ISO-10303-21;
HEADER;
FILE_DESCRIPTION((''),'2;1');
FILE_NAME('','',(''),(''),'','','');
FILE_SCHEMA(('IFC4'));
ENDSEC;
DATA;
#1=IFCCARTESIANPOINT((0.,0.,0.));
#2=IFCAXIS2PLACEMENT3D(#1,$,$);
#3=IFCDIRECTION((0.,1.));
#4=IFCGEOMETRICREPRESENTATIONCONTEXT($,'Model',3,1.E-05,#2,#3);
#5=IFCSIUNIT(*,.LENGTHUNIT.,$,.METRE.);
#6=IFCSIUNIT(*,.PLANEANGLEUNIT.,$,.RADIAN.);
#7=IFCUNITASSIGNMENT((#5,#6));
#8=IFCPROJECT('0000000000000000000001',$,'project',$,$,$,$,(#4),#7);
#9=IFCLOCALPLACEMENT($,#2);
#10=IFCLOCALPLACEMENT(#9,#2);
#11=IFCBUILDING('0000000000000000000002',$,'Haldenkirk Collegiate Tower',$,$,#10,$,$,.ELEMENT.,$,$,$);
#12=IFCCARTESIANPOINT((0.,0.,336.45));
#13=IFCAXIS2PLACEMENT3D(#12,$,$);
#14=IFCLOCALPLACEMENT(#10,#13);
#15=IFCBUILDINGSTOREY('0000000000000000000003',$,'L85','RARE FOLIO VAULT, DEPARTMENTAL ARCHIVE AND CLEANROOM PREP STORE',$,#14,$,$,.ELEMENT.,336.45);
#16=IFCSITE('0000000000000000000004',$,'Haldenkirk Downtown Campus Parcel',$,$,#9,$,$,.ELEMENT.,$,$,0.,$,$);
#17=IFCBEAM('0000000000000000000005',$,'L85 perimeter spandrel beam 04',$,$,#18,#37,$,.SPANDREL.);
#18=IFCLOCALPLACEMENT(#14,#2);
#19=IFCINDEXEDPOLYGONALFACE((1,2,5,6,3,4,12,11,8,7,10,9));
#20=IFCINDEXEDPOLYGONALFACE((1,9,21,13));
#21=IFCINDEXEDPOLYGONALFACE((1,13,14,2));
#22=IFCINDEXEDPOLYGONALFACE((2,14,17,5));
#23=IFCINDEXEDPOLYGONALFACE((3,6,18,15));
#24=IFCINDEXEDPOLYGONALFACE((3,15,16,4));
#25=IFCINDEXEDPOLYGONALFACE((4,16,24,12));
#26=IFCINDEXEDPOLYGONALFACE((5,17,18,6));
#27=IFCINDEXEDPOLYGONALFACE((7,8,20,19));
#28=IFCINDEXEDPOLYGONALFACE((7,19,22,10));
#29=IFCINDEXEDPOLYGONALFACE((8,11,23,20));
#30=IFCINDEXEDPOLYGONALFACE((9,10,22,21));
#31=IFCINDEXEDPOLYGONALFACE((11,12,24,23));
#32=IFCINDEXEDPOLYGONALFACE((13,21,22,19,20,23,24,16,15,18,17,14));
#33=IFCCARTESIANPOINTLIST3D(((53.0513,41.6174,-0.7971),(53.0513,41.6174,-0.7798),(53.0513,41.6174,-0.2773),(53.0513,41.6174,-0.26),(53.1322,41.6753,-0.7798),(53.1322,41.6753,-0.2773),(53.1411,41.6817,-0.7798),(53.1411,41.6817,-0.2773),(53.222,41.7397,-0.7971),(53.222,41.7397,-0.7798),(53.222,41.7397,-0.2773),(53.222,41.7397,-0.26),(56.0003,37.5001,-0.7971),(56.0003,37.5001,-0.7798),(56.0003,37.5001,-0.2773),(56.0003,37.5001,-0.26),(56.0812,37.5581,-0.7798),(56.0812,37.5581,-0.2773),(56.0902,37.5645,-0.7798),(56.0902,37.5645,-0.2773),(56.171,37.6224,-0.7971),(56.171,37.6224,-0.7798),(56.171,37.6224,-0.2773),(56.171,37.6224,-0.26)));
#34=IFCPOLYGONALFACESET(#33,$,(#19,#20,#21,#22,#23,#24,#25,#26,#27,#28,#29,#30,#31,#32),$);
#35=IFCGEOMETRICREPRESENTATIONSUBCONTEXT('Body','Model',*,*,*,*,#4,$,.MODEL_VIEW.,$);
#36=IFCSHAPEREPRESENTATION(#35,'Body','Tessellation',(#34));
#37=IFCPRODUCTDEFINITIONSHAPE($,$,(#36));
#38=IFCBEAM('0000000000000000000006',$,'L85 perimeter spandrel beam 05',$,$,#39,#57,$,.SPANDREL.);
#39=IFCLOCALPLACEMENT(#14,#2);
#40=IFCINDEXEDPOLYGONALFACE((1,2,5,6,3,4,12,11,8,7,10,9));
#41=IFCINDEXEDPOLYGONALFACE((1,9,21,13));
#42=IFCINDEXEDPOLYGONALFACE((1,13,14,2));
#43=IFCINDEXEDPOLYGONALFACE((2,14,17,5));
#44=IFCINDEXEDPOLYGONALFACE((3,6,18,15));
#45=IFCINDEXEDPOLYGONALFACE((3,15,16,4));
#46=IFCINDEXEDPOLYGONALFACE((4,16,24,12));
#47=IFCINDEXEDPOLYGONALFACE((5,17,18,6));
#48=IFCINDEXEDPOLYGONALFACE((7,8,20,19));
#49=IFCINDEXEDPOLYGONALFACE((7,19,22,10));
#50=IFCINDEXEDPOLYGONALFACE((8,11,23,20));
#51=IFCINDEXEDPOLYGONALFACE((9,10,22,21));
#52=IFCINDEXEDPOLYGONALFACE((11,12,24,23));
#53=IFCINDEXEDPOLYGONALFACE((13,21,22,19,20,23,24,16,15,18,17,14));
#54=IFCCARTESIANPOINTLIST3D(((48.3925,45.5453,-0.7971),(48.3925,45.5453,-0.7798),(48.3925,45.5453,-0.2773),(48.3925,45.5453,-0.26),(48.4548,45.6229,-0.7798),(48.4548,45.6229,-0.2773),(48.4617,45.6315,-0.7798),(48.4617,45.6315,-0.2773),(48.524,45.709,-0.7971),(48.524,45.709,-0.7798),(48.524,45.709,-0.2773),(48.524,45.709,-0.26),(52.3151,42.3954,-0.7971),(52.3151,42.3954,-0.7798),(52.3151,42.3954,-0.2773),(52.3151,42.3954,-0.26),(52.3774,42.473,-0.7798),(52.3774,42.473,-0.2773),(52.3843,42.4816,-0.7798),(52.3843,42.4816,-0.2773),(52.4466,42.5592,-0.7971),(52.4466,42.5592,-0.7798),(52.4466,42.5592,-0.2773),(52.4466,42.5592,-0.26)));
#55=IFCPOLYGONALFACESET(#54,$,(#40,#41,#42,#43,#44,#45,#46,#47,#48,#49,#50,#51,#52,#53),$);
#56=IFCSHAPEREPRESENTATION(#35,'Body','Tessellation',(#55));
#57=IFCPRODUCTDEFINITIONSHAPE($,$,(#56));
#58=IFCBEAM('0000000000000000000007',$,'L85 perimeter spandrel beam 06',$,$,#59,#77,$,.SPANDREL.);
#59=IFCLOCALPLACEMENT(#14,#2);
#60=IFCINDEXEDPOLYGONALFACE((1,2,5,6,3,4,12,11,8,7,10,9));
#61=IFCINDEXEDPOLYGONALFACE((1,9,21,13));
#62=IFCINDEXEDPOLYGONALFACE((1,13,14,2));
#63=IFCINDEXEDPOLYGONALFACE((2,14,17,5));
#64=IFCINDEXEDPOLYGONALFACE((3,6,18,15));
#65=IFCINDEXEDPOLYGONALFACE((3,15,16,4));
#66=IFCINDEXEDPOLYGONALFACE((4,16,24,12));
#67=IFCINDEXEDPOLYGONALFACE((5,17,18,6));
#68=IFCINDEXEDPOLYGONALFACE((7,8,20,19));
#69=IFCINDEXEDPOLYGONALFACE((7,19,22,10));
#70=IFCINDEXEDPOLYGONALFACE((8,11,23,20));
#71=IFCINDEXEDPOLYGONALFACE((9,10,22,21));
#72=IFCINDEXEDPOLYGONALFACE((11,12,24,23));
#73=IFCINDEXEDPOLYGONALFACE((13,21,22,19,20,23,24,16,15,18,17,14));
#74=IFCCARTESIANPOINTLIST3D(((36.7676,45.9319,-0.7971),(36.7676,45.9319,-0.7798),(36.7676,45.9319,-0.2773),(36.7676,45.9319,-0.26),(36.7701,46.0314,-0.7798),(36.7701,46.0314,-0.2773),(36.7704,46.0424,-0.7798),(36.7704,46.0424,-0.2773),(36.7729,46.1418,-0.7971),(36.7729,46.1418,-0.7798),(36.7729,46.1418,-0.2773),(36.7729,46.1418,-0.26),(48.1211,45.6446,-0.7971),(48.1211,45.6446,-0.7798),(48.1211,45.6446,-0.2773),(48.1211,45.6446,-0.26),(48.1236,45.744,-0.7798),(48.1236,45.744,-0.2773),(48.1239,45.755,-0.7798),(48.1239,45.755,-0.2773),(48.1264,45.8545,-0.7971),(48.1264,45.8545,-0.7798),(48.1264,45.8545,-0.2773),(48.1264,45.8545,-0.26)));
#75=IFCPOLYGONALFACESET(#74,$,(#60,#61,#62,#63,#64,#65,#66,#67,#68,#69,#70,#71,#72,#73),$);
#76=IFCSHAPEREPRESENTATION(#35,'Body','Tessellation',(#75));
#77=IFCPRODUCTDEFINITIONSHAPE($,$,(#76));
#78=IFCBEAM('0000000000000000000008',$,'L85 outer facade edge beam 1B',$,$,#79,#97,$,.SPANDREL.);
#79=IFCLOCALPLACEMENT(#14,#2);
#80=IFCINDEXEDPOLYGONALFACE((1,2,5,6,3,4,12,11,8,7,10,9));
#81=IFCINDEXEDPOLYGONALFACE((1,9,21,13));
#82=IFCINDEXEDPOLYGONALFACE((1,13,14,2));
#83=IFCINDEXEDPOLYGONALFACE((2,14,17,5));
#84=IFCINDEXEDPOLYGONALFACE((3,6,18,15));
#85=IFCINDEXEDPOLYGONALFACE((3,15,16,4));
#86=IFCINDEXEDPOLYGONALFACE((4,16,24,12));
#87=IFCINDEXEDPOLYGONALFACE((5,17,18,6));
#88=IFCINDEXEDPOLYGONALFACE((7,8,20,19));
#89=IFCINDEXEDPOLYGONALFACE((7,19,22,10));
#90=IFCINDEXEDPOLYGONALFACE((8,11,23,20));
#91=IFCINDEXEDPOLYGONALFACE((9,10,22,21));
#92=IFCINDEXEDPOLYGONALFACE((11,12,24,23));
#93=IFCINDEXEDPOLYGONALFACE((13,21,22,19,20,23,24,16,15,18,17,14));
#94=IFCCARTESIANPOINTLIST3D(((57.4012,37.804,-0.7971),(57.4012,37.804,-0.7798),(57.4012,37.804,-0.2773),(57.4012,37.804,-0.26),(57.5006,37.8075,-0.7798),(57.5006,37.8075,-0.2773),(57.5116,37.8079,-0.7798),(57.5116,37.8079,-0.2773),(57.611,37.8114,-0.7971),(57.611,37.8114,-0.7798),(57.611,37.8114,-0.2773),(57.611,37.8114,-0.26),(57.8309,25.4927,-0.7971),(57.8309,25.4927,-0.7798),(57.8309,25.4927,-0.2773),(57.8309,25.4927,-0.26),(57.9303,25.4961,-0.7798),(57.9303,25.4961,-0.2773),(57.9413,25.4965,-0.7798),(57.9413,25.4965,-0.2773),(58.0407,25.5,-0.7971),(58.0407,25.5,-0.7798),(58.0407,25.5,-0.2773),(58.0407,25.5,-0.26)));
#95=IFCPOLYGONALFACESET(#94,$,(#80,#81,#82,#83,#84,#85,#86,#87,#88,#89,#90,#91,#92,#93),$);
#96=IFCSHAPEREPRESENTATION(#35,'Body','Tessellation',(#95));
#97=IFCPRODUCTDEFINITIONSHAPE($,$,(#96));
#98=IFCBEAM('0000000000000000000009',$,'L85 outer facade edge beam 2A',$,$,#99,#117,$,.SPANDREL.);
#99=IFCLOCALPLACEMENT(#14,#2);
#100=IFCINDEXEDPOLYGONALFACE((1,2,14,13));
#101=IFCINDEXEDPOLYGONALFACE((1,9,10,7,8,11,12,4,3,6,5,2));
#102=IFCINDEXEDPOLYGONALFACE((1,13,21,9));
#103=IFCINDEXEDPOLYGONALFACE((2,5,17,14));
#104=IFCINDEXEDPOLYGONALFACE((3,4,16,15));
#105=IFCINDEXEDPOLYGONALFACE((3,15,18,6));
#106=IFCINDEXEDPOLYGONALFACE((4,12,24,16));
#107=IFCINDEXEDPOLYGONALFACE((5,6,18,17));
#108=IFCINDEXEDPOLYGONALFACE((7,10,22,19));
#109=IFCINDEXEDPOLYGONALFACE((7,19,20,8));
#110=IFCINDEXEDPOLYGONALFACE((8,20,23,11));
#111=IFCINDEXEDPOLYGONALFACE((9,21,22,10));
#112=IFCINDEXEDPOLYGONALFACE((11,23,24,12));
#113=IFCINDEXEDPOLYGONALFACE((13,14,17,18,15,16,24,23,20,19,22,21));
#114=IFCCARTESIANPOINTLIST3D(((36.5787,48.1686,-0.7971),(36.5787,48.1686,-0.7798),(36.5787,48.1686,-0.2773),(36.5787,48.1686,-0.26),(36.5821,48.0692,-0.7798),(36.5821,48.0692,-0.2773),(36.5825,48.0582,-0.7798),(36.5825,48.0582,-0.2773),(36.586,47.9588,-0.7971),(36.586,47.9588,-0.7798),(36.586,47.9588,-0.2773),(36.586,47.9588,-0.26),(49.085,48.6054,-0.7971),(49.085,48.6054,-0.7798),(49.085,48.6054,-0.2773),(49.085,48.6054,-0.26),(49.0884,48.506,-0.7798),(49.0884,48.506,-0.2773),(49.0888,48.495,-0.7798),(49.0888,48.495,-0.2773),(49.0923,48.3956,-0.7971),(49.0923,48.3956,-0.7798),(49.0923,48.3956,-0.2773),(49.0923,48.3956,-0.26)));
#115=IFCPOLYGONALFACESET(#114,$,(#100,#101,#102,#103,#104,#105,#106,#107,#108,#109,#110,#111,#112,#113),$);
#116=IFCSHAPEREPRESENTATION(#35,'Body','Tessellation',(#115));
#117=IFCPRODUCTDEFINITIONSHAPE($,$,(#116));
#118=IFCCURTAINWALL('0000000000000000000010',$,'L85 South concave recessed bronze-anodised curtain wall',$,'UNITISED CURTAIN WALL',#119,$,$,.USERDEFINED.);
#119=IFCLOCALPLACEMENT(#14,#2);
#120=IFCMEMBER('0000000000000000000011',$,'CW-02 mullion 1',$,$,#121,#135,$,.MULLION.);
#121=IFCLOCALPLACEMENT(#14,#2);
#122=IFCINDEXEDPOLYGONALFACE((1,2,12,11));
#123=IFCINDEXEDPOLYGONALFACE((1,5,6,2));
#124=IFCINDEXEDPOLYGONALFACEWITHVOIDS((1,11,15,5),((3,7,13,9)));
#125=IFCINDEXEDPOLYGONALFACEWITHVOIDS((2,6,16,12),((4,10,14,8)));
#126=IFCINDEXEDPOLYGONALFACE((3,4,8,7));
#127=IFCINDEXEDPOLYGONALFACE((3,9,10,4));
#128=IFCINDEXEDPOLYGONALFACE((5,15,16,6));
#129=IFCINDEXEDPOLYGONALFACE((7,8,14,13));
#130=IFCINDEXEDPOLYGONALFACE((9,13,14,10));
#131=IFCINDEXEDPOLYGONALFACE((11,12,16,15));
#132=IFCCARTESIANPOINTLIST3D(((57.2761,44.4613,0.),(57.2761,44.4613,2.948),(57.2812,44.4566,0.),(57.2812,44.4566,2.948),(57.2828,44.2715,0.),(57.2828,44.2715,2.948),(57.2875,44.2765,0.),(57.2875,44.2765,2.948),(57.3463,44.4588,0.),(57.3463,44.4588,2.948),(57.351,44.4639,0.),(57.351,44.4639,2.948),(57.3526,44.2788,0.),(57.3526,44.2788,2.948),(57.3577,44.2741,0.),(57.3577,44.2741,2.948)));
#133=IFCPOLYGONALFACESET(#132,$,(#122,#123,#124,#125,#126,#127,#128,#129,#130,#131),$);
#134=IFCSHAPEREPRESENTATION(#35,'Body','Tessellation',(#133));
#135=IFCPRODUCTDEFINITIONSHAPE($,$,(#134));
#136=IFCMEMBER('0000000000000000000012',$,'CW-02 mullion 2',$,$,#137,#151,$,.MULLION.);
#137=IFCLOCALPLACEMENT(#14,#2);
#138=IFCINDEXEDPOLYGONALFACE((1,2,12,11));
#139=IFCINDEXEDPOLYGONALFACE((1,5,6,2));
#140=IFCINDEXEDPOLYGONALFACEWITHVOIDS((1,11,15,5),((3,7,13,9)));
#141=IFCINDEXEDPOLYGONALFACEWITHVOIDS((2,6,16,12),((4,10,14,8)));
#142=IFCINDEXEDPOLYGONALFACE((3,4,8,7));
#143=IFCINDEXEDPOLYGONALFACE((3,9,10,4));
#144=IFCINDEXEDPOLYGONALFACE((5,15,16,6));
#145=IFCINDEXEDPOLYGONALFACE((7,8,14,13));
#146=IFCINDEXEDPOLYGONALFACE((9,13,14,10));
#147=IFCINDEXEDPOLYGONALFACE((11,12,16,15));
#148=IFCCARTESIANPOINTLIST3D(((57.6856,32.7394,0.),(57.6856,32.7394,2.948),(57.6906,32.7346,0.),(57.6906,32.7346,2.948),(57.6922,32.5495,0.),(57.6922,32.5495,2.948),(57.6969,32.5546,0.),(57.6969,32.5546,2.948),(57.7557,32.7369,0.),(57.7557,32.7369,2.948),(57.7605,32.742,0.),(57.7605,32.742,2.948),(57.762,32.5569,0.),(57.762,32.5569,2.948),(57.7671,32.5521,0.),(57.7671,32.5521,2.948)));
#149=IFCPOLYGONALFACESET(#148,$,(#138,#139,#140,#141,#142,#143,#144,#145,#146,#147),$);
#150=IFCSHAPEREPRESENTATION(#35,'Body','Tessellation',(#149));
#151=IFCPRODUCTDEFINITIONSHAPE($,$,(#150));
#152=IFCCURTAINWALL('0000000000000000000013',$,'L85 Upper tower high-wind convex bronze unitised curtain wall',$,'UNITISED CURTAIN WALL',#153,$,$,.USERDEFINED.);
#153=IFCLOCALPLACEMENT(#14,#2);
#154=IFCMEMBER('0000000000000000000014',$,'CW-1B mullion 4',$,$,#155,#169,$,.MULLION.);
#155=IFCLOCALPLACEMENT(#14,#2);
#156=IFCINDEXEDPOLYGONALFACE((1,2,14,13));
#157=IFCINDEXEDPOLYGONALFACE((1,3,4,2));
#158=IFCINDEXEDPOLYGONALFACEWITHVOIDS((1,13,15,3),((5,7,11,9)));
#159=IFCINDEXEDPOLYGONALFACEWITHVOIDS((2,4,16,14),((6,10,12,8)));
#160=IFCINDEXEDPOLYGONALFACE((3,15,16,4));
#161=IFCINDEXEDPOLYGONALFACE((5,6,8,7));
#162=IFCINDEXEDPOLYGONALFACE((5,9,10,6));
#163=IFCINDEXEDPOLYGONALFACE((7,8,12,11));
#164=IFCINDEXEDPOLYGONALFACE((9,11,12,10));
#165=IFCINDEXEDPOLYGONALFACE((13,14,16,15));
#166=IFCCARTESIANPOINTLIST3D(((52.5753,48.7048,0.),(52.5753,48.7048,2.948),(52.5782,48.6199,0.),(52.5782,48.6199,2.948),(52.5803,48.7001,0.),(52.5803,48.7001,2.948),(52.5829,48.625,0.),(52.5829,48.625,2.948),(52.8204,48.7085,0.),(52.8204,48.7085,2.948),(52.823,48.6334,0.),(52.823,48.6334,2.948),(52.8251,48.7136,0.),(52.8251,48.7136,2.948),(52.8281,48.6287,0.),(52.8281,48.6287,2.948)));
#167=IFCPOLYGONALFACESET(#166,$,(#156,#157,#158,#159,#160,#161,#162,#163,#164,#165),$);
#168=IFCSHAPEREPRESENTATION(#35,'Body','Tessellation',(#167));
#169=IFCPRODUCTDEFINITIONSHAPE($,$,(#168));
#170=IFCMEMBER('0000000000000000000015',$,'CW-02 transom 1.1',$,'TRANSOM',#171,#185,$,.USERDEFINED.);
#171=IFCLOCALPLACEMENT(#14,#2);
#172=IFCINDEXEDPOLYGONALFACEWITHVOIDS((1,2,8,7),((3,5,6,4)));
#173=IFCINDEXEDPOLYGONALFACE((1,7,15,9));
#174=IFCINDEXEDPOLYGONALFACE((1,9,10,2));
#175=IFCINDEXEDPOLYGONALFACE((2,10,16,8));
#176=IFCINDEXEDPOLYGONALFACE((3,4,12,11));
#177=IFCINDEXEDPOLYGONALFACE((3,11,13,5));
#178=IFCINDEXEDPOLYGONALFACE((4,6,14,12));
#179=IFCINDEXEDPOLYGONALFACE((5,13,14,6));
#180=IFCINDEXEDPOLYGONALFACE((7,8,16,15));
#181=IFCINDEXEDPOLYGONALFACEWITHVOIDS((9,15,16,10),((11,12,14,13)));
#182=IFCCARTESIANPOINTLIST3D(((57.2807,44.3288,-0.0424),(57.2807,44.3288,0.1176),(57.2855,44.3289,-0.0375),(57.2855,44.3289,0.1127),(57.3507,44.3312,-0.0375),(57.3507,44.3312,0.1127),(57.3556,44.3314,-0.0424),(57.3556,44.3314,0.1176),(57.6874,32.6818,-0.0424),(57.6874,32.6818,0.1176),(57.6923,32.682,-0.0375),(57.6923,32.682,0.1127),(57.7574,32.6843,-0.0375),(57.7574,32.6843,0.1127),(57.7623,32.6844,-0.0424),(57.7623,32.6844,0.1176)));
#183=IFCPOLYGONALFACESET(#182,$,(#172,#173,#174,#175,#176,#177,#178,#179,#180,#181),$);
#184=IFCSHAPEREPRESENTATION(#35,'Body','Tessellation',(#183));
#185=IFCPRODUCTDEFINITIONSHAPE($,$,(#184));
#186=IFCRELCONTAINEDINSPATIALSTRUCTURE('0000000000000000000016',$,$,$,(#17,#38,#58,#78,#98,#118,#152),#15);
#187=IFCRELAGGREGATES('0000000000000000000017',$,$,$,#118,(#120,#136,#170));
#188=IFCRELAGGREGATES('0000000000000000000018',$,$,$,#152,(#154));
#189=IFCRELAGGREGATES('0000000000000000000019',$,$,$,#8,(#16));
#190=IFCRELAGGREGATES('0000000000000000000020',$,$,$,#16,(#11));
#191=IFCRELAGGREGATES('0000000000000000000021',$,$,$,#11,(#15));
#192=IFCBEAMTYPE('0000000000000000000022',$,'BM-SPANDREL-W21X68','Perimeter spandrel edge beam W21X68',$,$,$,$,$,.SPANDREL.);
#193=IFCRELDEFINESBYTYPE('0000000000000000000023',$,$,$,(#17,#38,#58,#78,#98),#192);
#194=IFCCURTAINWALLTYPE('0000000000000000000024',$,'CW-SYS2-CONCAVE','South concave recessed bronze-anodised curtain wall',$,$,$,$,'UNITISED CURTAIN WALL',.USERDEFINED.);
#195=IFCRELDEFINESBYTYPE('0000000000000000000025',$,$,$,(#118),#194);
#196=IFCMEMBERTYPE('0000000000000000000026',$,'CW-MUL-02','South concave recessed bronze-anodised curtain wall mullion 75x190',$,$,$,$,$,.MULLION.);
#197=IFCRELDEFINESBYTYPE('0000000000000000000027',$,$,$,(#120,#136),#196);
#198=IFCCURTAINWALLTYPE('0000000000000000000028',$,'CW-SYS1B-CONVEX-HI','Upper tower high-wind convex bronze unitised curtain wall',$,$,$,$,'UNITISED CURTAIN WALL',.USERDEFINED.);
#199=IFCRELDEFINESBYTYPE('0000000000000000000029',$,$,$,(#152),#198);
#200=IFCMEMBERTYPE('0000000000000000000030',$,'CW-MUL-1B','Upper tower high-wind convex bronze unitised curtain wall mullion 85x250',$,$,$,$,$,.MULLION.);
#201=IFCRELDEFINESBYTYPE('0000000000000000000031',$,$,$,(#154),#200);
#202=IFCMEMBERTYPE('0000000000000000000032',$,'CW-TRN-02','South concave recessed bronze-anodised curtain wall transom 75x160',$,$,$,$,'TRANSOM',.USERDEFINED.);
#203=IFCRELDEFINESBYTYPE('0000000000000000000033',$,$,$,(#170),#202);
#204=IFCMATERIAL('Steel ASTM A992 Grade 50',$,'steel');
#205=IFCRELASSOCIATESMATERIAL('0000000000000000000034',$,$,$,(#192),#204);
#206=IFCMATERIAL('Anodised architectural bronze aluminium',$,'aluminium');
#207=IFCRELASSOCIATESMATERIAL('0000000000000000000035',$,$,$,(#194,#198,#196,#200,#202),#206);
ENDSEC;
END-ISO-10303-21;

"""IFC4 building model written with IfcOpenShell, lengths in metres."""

from ifc_helpers import new_model, si_unit, direction, frame, origin, origin_2d, place, context, subcontext, project, spatial, hollow_rectangle, i_section, extrude, material, material_profile, profile_set, type_object, element, aggregate, save


model = new_model("IFC4")

# Units and contexts
model_context = context("Model", 3, precision=1e-05, world=origin(), true_north=direction((0.0, 1.0)))
body_context = subcontext(model_context, "Body", "Model", "MODEL_VIEW")
ifc_project = project(units=[si_unit("LENGTHUNIT", "METRE"), si_unit("PLANEANGLEUNIT", "RADIAN")], contexts=[model_context])

# Site, building, storey
site_placement = place(None, origin())
site = spatial("IfcSite", under=ifc_project, at=site_placement, Name="Haldenkirk Downtown Campus Parcel", CompositionType="ELEMENT", RefElevation=0.0)
building_placement = place(site_placement, origin())
building = spatial("IfcBuilding", under=site, at=building_placement, Name="Haldenkirk Collegiate Tower", CompositionType="ELEMENT")
storey_placement = place(building_placement, frame((0.0, 0.0, 336.45)))
storey = spatial("IfcBuildingStorey", under=building, at=storey_placement, Name="L85", Description="RARE FOLIO VAULT, DEPARTMENTAL ARCHIVE AND CLEANROOM PREP STORE", CompositionType="ELEMENT", Elevation=336.45)

# Beams
ifc_material_1 = material(Name="Steel ASTM A992 Grade 50", Category="steel")
ifc_material_profile_1 = material_profile(ifc_material_1, i_section(OverallWidth=0.21, OverallDepth=0.5371, WebThickness=0.011, FlangeThickness=0.0173, at=origin_2d()), Name="W21X68")
ifc_profile_set_1 = profile_set([ifc_material_profile_1], Name="Steel ASTM A992 Grade 50")
beam_type_1 = type_object("IfcBeamType", Name="BM-SPANDREL-W21X68", Description="Perimeter spandrel edge beam W21X68", PredefinedType="SPANDREL", material=ifc_profile_set_1)
beam_1_placement = place(storey_placement, frame((56.0857, 37.5613, -0.5286), z_axis=(-0.5823, 0.812974, 0.0), x_axis=(-0.812974, -0.5823, 0.0)))
element("IfcBeam", 1, at=beam_1_placement, inside=storey, type_object=beam_type_1, Name="L85 perimeter spandrel beam 04", PredefinedType="SPANDREL", context=body_context, shape_type="SweptSolid", body=[
    extrude(i_section(OverallWidth=0.21, OverallDepth=0.5371, WebThickness=0.011, FlangeThickness=0.0173, at=origin_2d()), origin(), (0.0, 0.0, 1.0), 5.0645),
])
beam_2_placement = place(storey_placement, frame((52.3809, 42.4773, -0.5286), z_axis=(-0.779722, 0.626126, 0.0), x_axis=(-0.626126, -0.779722, 0.0)))
element("IfcBeam", 2, at=beam_2_placement, inside=storey, type_object=beam_type_1, Name="L85 perimeter spandrel beam 05", PredefinedType="SPANDREL", context=body_context, shape_type="SweptSolid", body=[
    extrude(i_section(OverallWidth=0.21, OverallDepth=0.5371, WebThickness=0.011, FlangeThickness=0.0173, at=origin_2d()), origin(), (0.0, 0.0, 1.0), 5.0308),
])
beam_3_placement = place(storey_placement, frame((48.1238, 45.7495, -0.5286), z_axis=(-0.99968, 0.025302, 0.0), x_axis=(-0.025302, -0.99968, 0.0)))
element("IfcBeam", 3, at=beam_3_placement, inside=storey, type_object=beam_type_1, Name="L85 perimeter spandrel beam 06", PredefinedType="SPANDREL", context=body_context, shape_type="SweptSolid", body=[
    extrude(i_section(OverallWidth=0.21, OverallDepth=0.5371, WebThickness=0.011, FlangeThickness=0.0173, at=origin_2d()), origin(), (0.0, 0.0, 1.0), 11.3572),
])
beam_4_placement = place(storey_placement, frame((57.9358, 25.4963, -0.5286), z_axis=(-0.034881, 0.999391, 0.0), x_axis=(-0.999391, -0.034881, 0.0)))
element("IfcBeam", 4, at=beam_4_placement, inside=storey, type_object=beam_type_1, Name="L85 outer facade edge beam 1B", PredefinedType="SPANDREL", context=body_context, shape_type="SweptSolid", body=[
    extrude(i_section(OverallWidth=0.21, OverallDepth=0.5371, WebThickness=0.011, FlangeThickness=0.0173, at=origin_2d()), origin(), (0.0, 0.0, 1.0), 12.3188),
])
beam_5_placement = place(storey_placement, frame((49.0886, 48.5005, -0.5286), z_axis=(-0.999391, -0.034902, 0.0), x_axis=(0.034902, -0.999391, 0.0)))
element("IfcBeam", 5, at=beam_5_placement, inside=storey, type_object=beam_type_1, Name="L85 outer facade edge beam 2A", PredefinedType="SPANDREL", context=body_context, shape_type="SweptSolid", body=[
    extrude(i_section(OverallWidth=0.21, OverallDepth=0.5371, WebThickness=0.011, FlangeThickness=0.0173, at=origin_2d()), origin(), (0.0, 0.0, 1.0), 12.5139),
])

# Curtain wall, members
ifc_material_2 = material(Name="Anodised architectural bronze aluminium", Category="aluminium")
curtain_wall_type_1 = type_object("IfcCurtainWallType", Name="CW-SYS2-CONCAVE", Description="South concave recessed bronze-anodised curtain wall", ElementType="UNITISED CURTAIN WALL", PredefinedType="USERDEFINED", material=ifc_material_2)
curtain_wall_1_placement = place(storey_placement, origin())
curtain_wall_1 = element("IfcCurtainWall", 6, at=curtain_wall_1_placement, inside=storey, type_object=curtain_wall_type_1, Name="L85 South concave recessed bronze-anodised curtain wall", ObjectType="UNITISED CURTAIN WALL", PredefinedType="USERDEFINED")
ifc_material_profile_2 = material_profile(ifc_material_2, hollow_rectangle(XDim=0.075, YDim=0.1899, WallThickness=0.0049, at=origin_2d()), Name="CW-MUL-02")
ifc_profile_set_2 = profile_set([ifc_material_profile_2], Name="Anodised architectural bronze aluminium")
member_type_1 = type_object("IfcMemberType", Name="CW-MUL-02", Description="South concave recessed bronze-anodised curtain wall mullion 75x190", PredefinedType="MULLION", material=ifc_profile_set_2)
member_1_placement = place(storey_placement, frame((57.3169, 44.3677, 0.0), z_axis=(0.0, 0.0, 1.0), x_axis=(0.999391, 0.034901, 0.0)))
member_1 = element("IfcMember", 7, at=member_1_placement, type_object=member_type_1, Name="CW-02 mullion 1", PredefinedType="MULLION", context=body_context, shape_type="SweptSolid", body=[
    extrude(hollow_rectangle(XDim=0.075, YDim=0.1899, WallThickness=0.0049, at=origin_2d()), origin(), (0.0, 0.0, 1.0), 2.948),
])
member_2_placement = place(storey_placement, frame((57.7263, 32.6458, 0.0), z_axis=(0.0, 0.0, 1.0), x_axis=(0.999391, 0.034901, 0.0)))
member_2 = element("IfcMember", 8, at=member_2_placement, type_object=member_type_1, Name="CW-02 mullion 2", PredefinedType="MULLION", context=body_context, shape_type="SweptSolid", body=[
    extrude(hollow_rectangle(XDim=0.075, YDim=0.1899, WallThickness=0.0049, at=origin_2d()), origin(), (0.0, 0.0, 1.0), 2.948),
])

# Curtain wall, member
curtain_wall_type_2 = type_object("IfcCurtainWallType", Name="CW-SYS1B-CONVEX-HI", Description="Upper tower high-wind convex bronze unitised curtain wall", ElementType="UNITISED CURTAIN WALL", PredefinedType="USERDEFINED", material=ifc_material_2)
curtain_wall_2_placement = place(storey_placement, origin())
curtain_wall_2 = element("IfcCurtainWall", 9, at=curtain_wall_2_placement, inside=storey, type_object=curtain_wall_type_2, Name="L85 Upper tower high-wind convex bronze unitised curtain wall", ObjectType="UNITISED CURTAIN WALL", PredefinedType="USERDEFINED")
ifc_material_profile_3 = material_profile(ifc_material_2, hollow_rectangle(XDim=0.085, YDim=0.25, WallThickness=0.0049, at=origin_2d()), Name="CW-MUL-1B")
ifc_profile_set_3 = profile_set([ifc_material_profile_3], Name="Anodised architectural bronze aluminium")
member_type_2 = type_object("IfcMemberType", Name="CW-MUL-1B", Description="Upper tower high-wind convex bronze unitised curtain wall mullion 85x250", PredefinedType="MULLION", material=ifc_profile_set_3)
member_3_placement = place(storey_placement, frame((52.7017, 48.6667, 0.0), z_axis=(0.0, 0.0, 1.0), x_axis=(-0.034902, 0.999391, 0.0)))
member_3 = element("IfcMember", 10, at=member_3_placement, type_object=member_type_2, Name="CW-1B mullion 4", PredefinedType="MULLION", context=body_context, shape_type="SweptSolid", body=[
    extrude(hollow_rectangle(XDim=0.085, YDim=0.25, WallThickness=0.0049, at=origin_2d()), origin(), (0.0, 0.0, 1.0), 2.948),
])

# Member
ifc_material_profile_4 = material_profile(ifc_material_2, hollow_rectangle(XDim=0.075, YDim=0.1599, WallThickness=0.0049, at=origin_2d()), Name="CW-TRN-02")
ifc_profile_set_4 = profile_set([ifc_material_profile_4], Name="Anodised architectural bronze aluminium")
member_type_3 = type_object("IfcMemberType", Name="CW-TRN-02", Description="South concave recessed bronze-anodised curtain wall transom 75x160", ElementType="TRANSOM", PredefinedType="USERDEFINED", material=ifc_profile_set_4)
member_4_placement = place(storey_placement, frame((57.3181, 44.3301, 0.0376), z_axis=(0.034901, -0.999391, 0.0), x_axis=(0.999391, 0.034901, 0.0)))
member_4 = element("IfcMember", 11, at=member_4_placement, type_object=member_type_3, Name="CW-02 transom 1.1", ObjectType="TRANSOM", PredefinedType="USERDEFINED", context=body_context, shape_type="SweptSolid", body=[
    extrude(hollow_rectangle(XDim=0.075, YDim=0.1599, WallThickness=0.0049, at=origin_2d()), origin(), (0.0, 0.0, 1.0), 11.6541),
])

aggregate(curtain_wall_1, [member_1, member_2, member_4])
aggregate(curtain_wall_2, [member_3])

save(model, "model.ifc")
